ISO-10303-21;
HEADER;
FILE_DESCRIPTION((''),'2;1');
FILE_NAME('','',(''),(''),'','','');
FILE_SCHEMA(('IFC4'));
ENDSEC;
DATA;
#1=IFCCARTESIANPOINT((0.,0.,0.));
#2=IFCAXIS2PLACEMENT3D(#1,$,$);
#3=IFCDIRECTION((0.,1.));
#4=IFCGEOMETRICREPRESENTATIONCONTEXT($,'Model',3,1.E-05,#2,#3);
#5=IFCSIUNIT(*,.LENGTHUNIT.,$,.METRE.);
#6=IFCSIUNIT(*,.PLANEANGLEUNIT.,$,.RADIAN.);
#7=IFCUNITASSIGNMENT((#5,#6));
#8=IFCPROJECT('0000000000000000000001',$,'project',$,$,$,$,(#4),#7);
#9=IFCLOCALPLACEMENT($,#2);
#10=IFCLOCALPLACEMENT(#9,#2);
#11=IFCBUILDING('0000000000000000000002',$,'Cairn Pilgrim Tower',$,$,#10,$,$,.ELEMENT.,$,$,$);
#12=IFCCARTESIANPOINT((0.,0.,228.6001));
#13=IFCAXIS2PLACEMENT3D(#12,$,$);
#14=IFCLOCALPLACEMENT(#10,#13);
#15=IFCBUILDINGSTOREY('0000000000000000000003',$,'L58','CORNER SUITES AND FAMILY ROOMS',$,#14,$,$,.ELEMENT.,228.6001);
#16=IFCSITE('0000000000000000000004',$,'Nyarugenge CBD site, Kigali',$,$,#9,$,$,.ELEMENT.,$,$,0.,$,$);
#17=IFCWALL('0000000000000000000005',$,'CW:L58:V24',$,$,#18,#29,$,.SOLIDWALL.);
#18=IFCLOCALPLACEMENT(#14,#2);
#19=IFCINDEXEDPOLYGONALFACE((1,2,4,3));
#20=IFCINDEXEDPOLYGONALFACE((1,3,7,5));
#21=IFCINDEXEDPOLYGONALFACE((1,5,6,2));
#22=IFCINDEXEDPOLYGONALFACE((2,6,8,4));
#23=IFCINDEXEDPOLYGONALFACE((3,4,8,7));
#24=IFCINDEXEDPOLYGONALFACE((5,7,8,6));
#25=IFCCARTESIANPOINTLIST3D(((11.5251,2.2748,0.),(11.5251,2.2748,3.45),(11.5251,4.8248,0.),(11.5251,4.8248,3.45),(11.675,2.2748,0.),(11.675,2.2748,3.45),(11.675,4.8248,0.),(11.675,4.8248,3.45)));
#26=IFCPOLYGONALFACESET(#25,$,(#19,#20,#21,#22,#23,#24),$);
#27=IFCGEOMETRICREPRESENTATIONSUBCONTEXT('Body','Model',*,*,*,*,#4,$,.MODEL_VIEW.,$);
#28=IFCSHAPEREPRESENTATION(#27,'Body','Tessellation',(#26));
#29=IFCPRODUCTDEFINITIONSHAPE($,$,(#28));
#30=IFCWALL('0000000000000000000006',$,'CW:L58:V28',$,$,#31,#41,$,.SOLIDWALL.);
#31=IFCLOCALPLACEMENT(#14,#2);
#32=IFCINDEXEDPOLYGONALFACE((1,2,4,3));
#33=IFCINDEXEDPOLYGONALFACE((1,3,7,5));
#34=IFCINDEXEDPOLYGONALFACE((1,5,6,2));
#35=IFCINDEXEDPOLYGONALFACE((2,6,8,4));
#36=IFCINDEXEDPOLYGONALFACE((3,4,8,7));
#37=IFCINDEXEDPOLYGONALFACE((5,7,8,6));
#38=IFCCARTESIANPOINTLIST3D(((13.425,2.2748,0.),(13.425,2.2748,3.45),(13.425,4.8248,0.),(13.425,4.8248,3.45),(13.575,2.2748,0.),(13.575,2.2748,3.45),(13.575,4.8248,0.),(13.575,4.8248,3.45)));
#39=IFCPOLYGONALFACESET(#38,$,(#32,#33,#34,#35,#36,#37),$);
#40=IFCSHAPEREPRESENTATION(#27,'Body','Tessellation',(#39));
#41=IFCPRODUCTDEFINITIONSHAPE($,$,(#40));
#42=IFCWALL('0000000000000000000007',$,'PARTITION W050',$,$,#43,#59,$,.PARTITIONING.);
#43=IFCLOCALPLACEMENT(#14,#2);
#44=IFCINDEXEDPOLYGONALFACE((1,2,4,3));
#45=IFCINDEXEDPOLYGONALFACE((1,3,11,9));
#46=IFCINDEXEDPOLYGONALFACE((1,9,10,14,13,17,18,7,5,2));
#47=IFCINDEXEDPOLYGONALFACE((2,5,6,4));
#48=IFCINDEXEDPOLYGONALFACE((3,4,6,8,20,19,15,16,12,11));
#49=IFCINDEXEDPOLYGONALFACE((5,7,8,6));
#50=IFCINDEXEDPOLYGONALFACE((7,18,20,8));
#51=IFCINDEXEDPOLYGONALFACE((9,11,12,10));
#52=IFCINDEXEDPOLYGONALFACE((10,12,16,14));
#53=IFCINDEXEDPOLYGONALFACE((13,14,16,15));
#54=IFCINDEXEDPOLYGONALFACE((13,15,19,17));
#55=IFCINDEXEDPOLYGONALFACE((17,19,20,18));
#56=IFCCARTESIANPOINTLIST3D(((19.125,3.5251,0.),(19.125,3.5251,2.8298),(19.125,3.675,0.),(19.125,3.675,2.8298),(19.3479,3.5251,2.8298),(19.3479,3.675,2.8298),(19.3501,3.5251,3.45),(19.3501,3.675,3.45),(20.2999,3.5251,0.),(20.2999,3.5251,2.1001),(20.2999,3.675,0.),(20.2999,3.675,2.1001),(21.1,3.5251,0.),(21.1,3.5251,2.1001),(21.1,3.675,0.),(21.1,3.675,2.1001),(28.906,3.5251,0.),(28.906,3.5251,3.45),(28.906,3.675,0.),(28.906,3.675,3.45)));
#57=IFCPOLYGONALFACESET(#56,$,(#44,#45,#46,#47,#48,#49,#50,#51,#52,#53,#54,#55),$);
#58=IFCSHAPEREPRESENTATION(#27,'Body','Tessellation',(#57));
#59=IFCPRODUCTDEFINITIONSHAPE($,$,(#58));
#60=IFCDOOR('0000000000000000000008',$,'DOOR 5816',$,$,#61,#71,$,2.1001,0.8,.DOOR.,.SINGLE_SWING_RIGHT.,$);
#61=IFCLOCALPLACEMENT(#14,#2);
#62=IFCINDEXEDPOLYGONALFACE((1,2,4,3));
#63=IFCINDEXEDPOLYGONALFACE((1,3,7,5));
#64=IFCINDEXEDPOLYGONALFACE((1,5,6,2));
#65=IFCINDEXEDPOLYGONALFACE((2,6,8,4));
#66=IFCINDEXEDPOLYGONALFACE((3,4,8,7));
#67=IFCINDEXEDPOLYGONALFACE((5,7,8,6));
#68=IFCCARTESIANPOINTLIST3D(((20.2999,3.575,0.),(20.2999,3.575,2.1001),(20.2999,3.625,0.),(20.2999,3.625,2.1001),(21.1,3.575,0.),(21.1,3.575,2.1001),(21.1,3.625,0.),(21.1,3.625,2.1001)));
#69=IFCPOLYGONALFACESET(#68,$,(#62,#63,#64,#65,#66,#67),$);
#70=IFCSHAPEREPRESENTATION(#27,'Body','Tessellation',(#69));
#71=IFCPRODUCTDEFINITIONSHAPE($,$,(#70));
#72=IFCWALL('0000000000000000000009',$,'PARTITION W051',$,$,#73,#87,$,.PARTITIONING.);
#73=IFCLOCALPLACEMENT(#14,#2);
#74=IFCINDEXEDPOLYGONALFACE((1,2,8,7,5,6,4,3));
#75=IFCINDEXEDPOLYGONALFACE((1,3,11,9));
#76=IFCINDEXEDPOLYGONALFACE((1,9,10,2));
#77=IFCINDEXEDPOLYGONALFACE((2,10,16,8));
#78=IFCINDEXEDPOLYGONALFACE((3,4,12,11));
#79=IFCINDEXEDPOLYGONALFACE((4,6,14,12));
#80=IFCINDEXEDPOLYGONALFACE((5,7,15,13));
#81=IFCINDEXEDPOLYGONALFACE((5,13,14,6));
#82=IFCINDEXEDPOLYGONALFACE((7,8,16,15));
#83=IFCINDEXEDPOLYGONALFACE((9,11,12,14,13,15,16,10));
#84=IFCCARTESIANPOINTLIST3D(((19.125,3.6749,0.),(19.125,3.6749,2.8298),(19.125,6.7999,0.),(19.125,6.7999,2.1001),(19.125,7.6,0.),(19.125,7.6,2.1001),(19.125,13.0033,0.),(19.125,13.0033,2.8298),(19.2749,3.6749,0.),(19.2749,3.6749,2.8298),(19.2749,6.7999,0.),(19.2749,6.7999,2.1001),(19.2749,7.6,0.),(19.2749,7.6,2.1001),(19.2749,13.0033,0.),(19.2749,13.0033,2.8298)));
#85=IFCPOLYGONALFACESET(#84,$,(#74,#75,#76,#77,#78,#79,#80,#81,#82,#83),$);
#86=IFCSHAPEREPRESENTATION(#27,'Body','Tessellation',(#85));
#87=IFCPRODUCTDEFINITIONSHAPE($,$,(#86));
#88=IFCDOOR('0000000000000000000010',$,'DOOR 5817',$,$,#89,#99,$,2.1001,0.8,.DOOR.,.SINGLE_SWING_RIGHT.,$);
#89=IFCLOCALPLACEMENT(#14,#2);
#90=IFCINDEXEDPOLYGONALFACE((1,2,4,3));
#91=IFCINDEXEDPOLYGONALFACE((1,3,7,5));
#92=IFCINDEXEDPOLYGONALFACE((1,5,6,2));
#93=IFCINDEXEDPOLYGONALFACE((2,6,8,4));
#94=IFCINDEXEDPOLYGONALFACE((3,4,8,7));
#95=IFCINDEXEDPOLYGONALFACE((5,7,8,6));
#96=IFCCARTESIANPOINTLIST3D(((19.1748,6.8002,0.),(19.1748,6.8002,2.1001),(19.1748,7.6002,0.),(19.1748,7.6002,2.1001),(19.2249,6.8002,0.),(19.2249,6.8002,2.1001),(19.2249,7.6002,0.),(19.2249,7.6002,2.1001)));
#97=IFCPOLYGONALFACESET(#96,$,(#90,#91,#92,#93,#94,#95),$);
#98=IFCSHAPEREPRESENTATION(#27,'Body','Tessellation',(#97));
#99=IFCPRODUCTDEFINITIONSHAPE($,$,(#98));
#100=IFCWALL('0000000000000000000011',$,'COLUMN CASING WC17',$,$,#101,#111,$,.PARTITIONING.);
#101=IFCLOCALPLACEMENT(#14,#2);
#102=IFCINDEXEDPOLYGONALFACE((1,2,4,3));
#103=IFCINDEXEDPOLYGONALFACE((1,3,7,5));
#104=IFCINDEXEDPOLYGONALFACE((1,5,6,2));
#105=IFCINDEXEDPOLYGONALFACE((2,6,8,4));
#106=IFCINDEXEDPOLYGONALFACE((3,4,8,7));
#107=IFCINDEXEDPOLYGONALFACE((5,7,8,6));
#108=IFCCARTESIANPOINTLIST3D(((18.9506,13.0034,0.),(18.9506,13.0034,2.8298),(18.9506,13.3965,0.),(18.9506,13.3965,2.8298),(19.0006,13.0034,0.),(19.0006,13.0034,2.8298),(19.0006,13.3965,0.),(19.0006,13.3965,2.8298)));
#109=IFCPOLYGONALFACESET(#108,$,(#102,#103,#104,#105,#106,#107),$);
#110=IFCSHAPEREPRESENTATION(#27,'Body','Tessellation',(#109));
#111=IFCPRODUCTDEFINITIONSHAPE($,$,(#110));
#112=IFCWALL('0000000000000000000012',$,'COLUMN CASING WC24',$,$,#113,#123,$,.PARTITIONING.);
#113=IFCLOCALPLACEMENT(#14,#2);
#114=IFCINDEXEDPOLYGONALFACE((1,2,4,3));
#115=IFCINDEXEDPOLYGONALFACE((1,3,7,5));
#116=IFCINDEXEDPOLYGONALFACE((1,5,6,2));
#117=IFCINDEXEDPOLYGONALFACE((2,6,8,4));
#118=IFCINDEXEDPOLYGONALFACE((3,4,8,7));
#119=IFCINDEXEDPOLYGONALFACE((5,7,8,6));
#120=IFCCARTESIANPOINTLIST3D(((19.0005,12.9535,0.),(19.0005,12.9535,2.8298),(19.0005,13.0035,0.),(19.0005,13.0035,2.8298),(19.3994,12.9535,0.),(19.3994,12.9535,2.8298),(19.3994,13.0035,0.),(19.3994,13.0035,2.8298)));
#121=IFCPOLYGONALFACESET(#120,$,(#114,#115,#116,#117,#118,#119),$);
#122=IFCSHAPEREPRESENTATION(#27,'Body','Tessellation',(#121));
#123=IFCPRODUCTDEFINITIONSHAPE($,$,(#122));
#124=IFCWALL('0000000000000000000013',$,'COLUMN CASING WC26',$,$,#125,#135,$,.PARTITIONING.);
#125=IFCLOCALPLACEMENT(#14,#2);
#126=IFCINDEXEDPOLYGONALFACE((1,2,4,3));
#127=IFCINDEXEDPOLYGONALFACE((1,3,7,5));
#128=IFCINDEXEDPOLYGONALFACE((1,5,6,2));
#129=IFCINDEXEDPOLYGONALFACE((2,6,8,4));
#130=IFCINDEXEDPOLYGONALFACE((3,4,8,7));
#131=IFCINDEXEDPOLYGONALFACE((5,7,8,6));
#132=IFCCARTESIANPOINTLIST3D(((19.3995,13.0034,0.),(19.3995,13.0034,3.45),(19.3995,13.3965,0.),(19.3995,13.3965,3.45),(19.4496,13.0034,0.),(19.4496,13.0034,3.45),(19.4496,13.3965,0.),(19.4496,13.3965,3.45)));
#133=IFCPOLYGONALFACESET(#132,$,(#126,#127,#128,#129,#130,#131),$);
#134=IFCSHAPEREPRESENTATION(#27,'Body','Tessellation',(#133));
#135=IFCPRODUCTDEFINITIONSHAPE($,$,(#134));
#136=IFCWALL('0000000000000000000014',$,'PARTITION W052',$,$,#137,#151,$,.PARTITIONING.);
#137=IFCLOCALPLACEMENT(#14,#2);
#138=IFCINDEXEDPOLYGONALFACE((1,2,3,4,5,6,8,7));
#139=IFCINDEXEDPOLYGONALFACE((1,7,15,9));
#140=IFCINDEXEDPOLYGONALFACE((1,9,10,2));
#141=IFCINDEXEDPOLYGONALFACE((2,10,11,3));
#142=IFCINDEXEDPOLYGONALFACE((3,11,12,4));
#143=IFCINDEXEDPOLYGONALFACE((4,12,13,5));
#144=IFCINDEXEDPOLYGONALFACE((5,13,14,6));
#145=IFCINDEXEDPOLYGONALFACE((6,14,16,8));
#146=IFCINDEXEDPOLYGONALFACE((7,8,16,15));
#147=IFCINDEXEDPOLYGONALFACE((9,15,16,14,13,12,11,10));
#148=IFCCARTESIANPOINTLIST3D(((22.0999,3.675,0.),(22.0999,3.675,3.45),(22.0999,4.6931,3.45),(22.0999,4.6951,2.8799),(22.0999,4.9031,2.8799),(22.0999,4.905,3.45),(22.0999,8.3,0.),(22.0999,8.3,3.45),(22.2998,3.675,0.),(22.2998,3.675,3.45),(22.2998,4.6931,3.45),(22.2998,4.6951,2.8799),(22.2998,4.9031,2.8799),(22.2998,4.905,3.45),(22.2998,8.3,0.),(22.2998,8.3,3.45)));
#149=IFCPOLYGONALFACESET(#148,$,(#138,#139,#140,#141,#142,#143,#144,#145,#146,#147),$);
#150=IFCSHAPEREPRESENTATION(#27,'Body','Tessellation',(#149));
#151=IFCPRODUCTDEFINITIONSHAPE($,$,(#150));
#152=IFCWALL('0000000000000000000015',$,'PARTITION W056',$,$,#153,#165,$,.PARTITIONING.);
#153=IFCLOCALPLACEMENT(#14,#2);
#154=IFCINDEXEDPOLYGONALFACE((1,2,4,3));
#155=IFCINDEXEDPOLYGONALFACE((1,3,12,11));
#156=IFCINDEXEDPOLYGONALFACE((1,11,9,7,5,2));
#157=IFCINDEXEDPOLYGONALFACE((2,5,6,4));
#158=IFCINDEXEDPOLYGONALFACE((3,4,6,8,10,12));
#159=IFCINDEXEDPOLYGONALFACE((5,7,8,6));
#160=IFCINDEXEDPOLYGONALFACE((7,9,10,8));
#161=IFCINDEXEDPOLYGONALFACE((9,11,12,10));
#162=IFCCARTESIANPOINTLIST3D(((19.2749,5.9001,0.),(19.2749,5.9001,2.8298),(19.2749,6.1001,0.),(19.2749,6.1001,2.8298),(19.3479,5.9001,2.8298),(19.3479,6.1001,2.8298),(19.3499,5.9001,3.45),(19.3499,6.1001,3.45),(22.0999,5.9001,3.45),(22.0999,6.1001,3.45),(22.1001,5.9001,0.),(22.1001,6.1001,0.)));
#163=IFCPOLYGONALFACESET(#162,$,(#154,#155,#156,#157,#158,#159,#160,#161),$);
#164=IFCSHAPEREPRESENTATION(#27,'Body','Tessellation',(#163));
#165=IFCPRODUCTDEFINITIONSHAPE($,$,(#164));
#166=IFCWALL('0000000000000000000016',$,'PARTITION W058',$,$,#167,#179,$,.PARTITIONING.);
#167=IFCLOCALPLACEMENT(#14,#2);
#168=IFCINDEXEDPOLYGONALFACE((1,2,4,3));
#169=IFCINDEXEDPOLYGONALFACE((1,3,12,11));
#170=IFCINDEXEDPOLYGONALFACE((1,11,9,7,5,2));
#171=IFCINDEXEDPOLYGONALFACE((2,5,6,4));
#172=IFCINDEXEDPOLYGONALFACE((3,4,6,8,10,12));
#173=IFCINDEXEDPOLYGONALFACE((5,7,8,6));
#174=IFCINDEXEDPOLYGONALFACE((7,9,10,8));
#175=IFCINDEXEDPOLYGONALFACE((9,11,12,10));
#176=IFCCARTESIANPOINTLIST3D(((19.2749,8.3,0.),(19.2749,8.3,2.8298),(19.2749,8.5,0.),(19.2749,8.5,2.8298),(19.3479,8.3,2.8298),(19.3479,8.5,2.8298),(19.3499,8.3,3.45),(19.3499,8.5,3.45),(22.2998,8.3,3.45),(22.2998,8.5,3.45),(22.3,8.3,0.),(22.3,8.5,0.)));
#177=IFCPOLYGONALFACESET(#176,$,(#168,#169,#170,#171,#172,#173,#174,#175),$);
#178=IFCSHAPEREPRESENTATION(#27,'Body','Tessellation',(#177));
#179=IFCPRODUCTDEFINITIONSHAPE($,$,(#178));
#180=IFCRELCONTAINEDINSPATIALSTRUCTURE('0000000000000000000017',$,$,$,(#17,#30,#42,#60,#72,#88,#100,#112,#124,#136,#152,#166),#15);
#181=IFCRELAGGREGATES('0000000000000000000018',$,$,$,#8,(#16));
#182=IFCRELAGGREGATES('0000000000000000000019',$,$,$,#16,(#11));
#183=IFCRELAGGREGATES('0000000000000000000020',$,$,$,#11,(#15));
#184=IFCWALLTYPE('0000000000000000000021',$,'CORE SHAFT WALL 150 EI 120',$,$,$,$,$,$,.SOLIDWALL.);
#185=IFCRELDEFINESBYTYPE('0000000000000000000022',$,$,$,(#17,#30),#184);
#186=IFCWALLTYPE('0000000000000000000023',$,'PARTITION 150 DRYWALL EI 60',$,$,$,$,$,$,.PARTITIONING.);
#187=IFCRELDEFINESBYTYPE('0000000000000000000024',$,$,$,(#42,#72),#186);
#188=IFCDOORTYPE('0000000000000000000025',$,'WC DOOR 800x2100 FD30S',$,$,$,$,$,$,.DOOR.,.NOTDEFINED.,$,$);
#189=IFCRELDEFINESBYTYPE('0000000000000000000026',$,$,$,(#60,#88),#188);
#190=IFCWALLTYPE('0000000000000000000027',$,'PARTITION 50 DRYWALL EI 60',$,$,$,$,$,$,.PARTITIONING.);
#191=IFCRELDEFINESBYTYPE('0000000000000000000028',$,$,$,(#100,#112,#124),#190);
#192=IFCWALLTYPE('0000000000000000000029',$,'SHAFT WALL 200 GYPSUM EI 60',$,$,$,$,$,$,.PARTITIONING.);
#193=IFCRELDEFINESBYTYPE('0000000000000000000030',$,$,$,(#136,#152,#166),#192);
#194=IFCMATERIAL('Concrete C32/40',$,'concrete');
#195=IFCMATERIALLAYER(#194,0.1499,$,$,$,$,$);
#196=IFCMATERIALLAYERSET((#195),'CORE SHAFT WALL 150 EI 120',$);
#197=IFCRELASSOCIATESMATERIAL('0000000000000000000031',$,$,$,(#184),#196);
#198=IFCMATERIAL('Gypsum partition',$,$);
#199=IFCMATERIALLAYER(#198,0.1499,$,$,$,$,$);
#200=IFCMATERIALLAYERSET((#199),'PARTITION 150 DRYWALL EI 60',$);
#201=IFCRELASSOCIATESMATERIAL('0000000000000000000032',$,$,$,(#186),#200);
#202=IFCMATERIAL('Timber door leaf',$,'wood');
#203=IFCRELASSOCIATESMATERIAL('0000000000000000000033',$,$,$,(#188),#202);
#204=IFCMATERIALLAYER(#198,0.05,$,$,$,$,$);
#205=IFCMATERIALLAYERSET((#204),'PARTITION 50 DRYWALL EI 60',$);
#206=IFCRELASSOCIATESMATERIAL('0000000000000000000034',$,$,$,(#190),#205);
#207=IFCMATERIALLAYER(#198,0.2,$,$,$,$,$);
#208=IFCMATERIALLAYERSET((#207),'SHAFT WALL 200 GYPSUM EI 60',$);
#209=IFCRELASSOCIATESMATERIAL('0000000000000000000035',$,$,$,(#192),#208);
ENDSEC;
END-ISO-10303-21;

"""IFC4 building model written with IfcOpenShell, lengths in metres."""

from ifc_helpers import new_model, si_unit, direction, frame, frame_2d, origin, place, context, subcontext, project, spatial, polyline, rectangle, outline, extrude, material, layer, layer_set, type_object, element, fill, save


model = new_model("IFC4")

# Units and contexts
model_context = context("Model", 3, precision=1e-05, world=origin(), true_north=direction((0.0, 1.0)))
body_context = subcontext(model_context, "Body", "Model", "MODEL_VIEW")
ifc_project = project(units=[si_unit("LENGTHUNIT", "METRE"), si_unit("PLANEANGLEUNIT", "RADIAN")], contexts=[model_context])

# Site, building, storey
site_placement = place(None, origin())
site = spatial("IfcSite", under=ifc_project, at=site_placement, Name="Nyarugenge CBD site, Kigali", CompositionType="ELEMENT", RefElevation=0.0)
building_placement = place(site_placement, origin())
building = spatial("IfcBuilding", under=site, at=building_placement, Name="Cairn Pilgrim Tower", CompositionType="ELEMENT")
storey_placement = place(building_placement, frame((0.0, 0.0, 228.6001)))
storey = spatial("IfcBuildingStorey", under=building, at=storey_placement, Name="L58", Description="CORNER SUITES AND FAMILY ROOMS", CompositionType="ELEMENT", Elevation=228.6001)

# Shared definitions
ifc_material_1 = material(Name="Concrete C32/40", Category="concrete")

# Shared definitions
ifc_layer_1 = layer(ifc_material_1, 0.1499)
ifc_layer_set_1 = layer_set([ifc_layer_1], Name="CORE SHAFT WALL 150 EI 120")
wall_type_1 = type_object("IfcWallType", Name="CORE SHAFT WALL 150 EI 120", PredefinedType="SOLIDWALL", material=ifc_layer_set_1)

# Walls
for number, where, z_axis, x_axis, name in (
    (1, (11.6001, 2.2749, 0.0), (0.0, 0.0, 1.0), (0.0, 1.0, 0.0), "CW:L58:V24"),
    (2, (13.5, 2.2749, 0.0), (0.0, 0.0, 1.0), (0.0, 1.0, 0.0), "CW:L58:V28"),
):
    element("IfcWall", number, at=place(storey_placement, frame(where, z_axis=z_axis, x_axis=x_axis)), inside=storey, type_object=wall_type_1, Name=name, PredefinedType="SOLIDWALL", context=body_context, shape_type="SweptSolid", body=[
        extrude(rectangle(XDim=2.55, YDim=0.1499, at=frame_2d((1.2749, 0.0))), origin(), (0.0, 0.0, 1.0), 3.45),
    ])

# Walls, openings, doors
ifc_material_2 = material(Name="Gypsum partition")
ifc_layer_2 = layer(ifc_material_2, 0.1499)
ifc_layer_set_2 = layer_set([ifc_layer_2], Name="PARTITION 150 DRYWALL EI 60")
wall_type_2 = type_object("IfcWallType", Name="PARTITION 150 DRYWALL EI 60", PredefinedType="PARTITIONING", material=ifc_layer_set_2)
wall_1_placement = place(storey_placement, frame((19.125, 3.6001, 0.0), z_axis=(0.0, 0.0, 1.0), x_axis=(1.0, 0.0, 0.0)))
wall_1 = element("IfcWall", 3, at=wall_1_placement, inside=storey, type_object=wall_type_2, Name="PARTITION W050", PredefinedType="PARTITIONING", context=body_context, shape_type="SweptSolid", body=[
    extrude(outline(polyline([(0.0, 0.0), (9.781, 0.0), (9.781, 3.45), (0.2251, 3.45), (0.2229, 2.8298), (0.0, 2.8298), (0.0, 0.0)])), frame((0.0, 0.075, 0.0), z_axis=(0.0, -1.0, 0.0), x_axis=(1.0, 0.0, 0.0)), (0.0, 0.0, 1.0), 0.1499),
])
opening_1_placement = place(wall_1_placement, frame((1.175, 0.0, 0.0)))
opening_1 = element("IfcOpeningElement", 4, at=opening_1_placement, cuts=wall_1, PredefinedType="OPENING", context=body_context, shape_type="SweptSolid", body=[
    extrude(rectangle(XDim=0.8, YDim=2.1001, at=frame_2d((0.3999, 1.05))), frame((0.0, 0.085, 0.0), z_axis=(0.0, -1.0, 0.0), x_axis=(1.0, 0.0, 0.0)), (0.0, 0.0, 1.0), 0.1699),
])
ifc_material_3 = material(Name="Timber door leaf", Category="wood")
door_type_1 = type_object("IfcDoorType", Name="WC DOOR 800x2100 FD30S", OperationType="NOTDEFINED", PredefinedType="DOOR", material=ifc_material_3)
door_1_placement = place(opening_1_placement, origin())
door_1 = element("IfcDoor", 5, at=door_1_placement, inside=storey, type_object=door_type_1, Name="DOOR 5816", OperationType="SINGLE_SWING_RIGHT", OverallHeight=2.1001, OverallWidth=0.8, PredefinedType="DOOR", context=body_context, shape_type="SweptSolid", body=[
    extrude(rectangle(XDim=0.8, YDim=2.1001, at=frame_2d((0.3999, 1.05))), frame((0.0, 0.0249, 0.0), z_axis=(0.0, -1.0, 0.0), x_axis=(1.0, 0.0, 0.0)), (0.0, 0.0, 1.0), 0.05),
])
fill(opening_1, door_1)
wall_2_placement = place(storey_placement, frame((19.2, 3.675, 0.0), z_axis=(0.0, 0.0, 1.0), x_axis=(0.0, 1.0, 0.0)))
wall_2 = element("IfcWall", 6, at=wall_2_placement, inside=storey, type_object=wall_type_2, Name="PARTITION W051", PredefinedType="PARTITIONING", context=body_context, shape_type="SweptSolid", body=[
    extrude(rectangle(XDim=9.3284, YDim=0.1499, at=frame_2d((4.6641, 0.0))), origin(), (0.0, 0.0, 1.0), 2.8298),
])
opening_2_placement = place(wall_2_placement, frame((3.125, 0.0, 0.0)))
opening_2 = element("IfcOpeningElement", 7, at=opening_2_placement, cuts=wall_2, PredefinedType="OPENING", context=body_context, shape_type="SweptSolid", body=[
    extrude(rectangle(XDim=0.8, YDim=2.1001, at=frame_2d((0.3999, 1.05))), frame((0.0, 0.085, 0.0), z_axis=(0.0, -1.0, 0.0), x_axis=(1.0, 0.0, 0.0)), (0.0, 0.0, 1.0), 0.1699),
])
door_2_placement = place(opening_2_placement, frame((0.8, 0.0, 0.0), z_axis=(0.0, 0.0, 1.0), x_axis=(-1.0, 0.0, 0.0)))
door_2 = element("IfcDoor", 8, at=door_2_placement, inside=storey, type_object=door_type_1, Name="DOOR 5817", OperationType="SINGLE_SWING_RIGHT", OverallHeight=2.1001, OverallWidth=0.8, PredefinedType="DOOR", context=body_context, shape_type="SweptSolid", body=[
    extrude(rectangle(XDim=0.8, YDim=2.1001, at=frame_2d((0.3999, 1.05))), frame((0.0, 0.0249, 0.0), z_axis=(0.0, -1.0, 0.0), x_axis=(1.0, 0.0, 0.0)), (0.0, 0.0, 1.0), 0.05),
])
fill(opening_2, door_2)

# Walls
ifc_layer_3 = layer(ifc_material_2, 0.05)
ifc_layer_set_3 = layer_set([ifc_layer_3], Name="PARTITION 50 DRYWALL EI 60")
wall_type_3 = type_object("IfcWallType", Name="PARTITION 50 DRYWALL EI 60", PredefinedType="PARTITIONING", material=ifc_layer_set_3)
wall_3_placement = place(storey_placement, frame((18.9756, 13.0034, 0.0), z_axis=(0.0, 0.0, 1.0), x_axis=(0.0, 1.0, 0.0)))
element("IfcWall", 9, at=wall_3_placement, inside=storey, type_object=wall_type_3, Name="COLUMN CASING WC17", PredefinedType="PARTITIONING", context=body_context, shape_type="SweptSolid", body=[
    extrude(rectangle(XDim=0.3931, YDim=0.05, at=frame_2d((0.1965, 0.0))), origin(), (0.0, 0.0, 1.0), 2.8298),
])
wall_4_placement = place(storey_placement, frame((19.0005, 12.9785, 0.0), z_axis=(0.0, 0.0, 1.0), x_axis=(1.0, 0.0, 0.0)))
element("IfcWall", 10, at=wall_4_placement, inside=storey, type_object=wall_type_3, Name="COLUMN CASING WC24", PredefinedType="PARTITIONING", context=body_context, shape_type="SweptSolid", body=[
    extrude(rectangle(XDim=0.3989, YDim=0.05, at=frame_2d((0.1995, 0.0))), origin(), (0.0, 0.0, 1.0), 2.8298),
])
wall_5_placement = place(storey_placement, frame((19.4246, 13.0034, 0.0), z_axis=(0.0, 0.0, 1.0), x_axis=(0.0, 1.0, 0.0)))
element("IfcWall", 11, at=wall_5_placement, inside=storey, type_object=wall_type_3, Name="COLUMN CASING WC26", PredefinedType="PARTITIONING", context=body_context, shape_type="SweptSolid", body=[
    extrude(rectangle(XDim=0.3931, YDim=0.05, at=frame_2d((0.1965, 0.0))), origin(), (0.0, 0.0, 1.0), 3.45),
])
ifc_layer_4 = layer(ifc_material_2, 0.2)
ifc_layer_set_4 = layer_set([ifc_layer_4], Name="SHAFT WALL 200 GYPSUM EI 60")
wall_type_4 = type_object("IfcWallType", Name="SHAFT WALL 200 GYPSUM EI 60", PredefinedType="PARTITIONING", material=ifc_layer_set_4)
wall_6_placement = place(storey_placement, frame((22.2, 3.675, 0.0), z_axis=(0.0, 0.0, 1.0), x_axis=(0.0, 1.0, 0.0)))
element("IfcWall", 12, at=wall_6_placement, inside=storey, type_object=wall_type_4, Name="PARTITION W052", PredefinedType="PARTITIONING", context=body_context, shape_type="SweptSolid", body=[
    extrude(outline(polyline([(0.0, 0.0), (4.625, 0.0), (4.625, 3.45), (1.23, 3.45), (1.228, 2.8799), (1.02, 2.8799), (1.0181, 3.45), (0.0, 3.45), (0.0, 0.0)])), frame((0.0, 0.1001, 0.0), z_axis=(0.0, -1.0, 0.0), x_axis=(1.0, 0.0, 0.0)), (0.0, 0.0, 1.0), 0.2),
])
wall_7_placement = place(storey_placement, frame((19.2749, 6.0, 0.0), z_axis=(0.0, 0.0, 1.0), x_axis=(1.0, 0.0, 0.0)))
element("IfcWall", 13, at=wall_7_placement, inside=storey, type_object=wall_type_4, Name="PARTITION W056", PredefinedType="PARTITIONING", context=body_context, shape_type="SweptSolid", body=[
    extrude(outline(polyline([(0.0, 0.0), (2.8252, 0.0), (2.825, 3.45), (0.075, 3.45), (0.073, 2.8298), (0.0, 2.8298), (0.0, 0.0)])), frame((0.0, 0.1001, 0.0), z_axis=(0.0, -1.0, 0.0), x_axis=(1.0, 0.0, 0.0)), (0.0, 0.0, 1.0), 0.2),
])
wall_8_placement = place(storey_placement, frame((19.2749, 8.3999, 0.0), z_axis=(0.0, 0.0, 1.0), x_axis=(1.0, 0.0, 0.0)))
element("IfcWall", 14, at=wall_8_placement, inside=storey, type_object=wall_type_4, Name="PARTITION W058", PredefinedType="PARTITIONING", context=body_context, shape_type="SweptSolid", body=[
    extrude(outline(polyline([(0.0, 0.0), (3.0251, 0.0), (3.0249, 3.45), (0.075, 3.45), (0.073, 2.8298), (0.0, 2.8298), (0.0, 0.0)])), frame((0.0, 0.1001, 0.0), z_axis=(0.0, -1.0, 0.0), x_axis=(1.0, 0.0, 0.0)), (0.0, 0.0, 1.0), 0.2),
])

save(model, "model.ifc")
